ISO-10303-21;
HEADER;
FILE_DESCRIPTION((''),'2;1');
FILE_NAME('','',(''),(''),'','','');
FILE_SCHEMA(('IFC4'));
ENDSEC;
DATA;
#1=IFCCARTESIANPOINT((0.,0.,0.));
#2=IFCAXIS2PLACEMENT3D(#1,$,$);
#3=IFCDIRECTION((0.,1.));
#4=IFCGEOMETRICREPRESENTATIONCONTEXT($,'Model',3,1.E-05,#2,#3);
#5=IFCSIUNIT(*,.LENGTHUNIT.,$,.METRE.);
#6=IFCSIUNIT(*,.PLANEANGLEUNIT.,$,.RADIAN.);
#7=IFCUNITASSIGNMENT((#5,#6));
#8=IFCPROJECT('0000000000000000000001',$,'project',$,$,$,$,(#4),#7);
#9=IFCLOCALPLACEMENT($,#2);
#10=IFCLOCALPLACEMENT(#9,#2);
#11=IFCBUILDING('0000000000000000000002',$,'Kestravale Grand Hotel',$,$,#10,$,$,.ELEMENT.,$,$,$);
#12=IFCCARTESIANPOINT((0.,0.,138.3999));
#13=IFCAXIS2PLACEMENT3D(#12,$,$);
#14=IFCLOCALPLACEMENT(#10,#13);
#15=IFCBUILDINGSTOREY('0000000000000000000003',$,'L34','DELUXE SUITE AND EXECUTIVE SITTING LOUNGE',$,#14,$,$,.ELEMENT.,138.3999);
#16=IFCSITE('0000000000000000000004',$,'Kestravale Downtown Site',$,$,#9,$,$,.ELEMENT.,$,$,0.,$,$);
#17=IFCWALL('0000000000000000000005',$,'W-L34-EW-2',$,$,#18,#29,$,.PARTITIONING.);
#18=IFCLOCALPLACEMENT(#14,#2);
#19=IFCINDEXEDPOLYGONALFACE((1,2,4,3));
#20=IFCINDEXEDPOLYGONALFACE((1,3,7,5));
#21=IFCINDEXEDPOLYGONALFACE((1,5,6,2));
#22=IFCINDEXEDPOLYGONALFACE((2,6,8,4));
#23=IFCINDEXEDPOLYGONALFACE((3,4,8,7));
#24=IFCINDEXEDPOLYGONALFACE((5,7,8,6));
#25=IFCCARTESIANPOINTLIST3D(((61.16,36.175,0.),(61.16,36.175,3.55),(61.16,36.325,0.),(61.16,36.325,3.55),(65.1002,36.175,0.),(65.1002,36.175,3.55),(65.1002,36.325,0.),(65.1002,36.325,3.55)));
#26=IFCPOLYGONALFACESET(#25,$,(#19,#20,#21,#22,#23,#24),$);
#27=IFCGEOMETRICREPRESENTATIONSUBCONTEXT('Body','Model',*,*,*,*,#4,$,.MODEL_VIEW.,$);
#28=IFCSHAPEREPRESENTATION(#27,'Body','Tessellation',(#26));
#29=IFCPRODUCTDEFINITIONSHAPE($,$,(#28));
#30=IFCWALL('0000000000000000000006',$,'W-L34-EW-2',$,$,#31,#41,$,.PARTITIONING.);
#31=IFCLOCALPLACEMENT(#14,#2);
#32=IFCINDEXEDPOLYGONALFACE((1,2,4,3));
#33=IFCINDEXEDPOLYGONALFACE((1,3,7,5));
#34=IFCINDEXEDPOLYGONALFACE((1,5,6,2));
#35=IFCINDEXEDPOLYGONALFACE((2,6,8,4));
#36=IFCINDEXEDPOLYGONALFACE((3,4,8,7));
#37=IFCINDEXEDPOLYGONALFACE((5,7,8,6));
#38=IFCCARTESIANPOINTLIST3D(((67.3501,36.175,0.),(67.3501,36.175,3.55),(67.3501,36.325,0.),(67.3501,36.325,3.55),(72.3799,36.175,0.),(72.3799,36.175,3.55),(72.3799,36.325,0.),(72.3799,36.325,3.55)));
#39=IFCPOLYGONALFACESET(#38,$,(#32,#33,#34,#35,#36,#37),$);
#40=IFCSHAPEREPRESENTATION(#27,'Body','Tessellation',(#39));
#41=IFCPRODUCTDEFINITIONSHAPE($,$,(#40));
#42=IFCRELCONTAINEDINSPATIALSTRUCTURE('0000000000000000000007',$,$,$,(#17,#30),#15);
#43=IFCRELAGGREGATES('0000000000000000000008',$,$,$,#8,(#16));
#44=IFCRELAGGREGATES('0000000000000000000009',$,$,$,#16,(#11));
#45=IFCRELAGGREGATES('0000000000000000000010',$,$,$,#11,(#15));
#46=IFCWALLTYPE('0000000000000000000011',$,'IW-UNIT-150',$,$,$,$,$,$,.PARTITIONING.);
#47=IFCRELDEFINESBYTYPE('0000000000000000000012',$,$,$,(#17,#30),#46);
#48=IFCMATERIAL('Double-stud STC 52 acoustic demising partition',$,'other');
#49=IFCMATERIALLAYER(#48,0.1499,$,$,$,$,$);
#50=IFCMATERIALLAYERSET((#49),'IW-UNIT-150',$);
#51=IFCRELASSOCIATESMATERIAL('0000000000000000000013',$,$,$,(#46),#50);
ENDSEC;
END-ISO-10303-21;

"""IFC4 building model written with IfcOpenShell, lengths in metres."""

from ifc_helpers import new_model, si_unit, direction, frame, frame_2d, origin, place, context, subcontext, project, spatial, rectangle, extrude, material, layer, layer_set, type_object, element, save


model = new_model("IFC4")

# Units and contexts
model_context = context("Model", 3, precision=1e-05, world=origin(), true_north=direction((0.0, 1.0)))
body_context = subcontext(model_context, "Body", "Model", "MODEL_VIEW")
ifc_project = project(units=[si_unit("LENGTHUNIT", "METRE"), si_unit("PLANEANGLEUNIT", "RADIAN")], contexts=[model_context])

# Site, building, storey
site_placement = place(None, origin())
site = spatial("IfcSite", under=ifc_project, at=site_placement, Name="Kestravale Downtown Site", CompositionType="ELEMENT", RefElevation=0.0)
building_placement = place(site_placement, origin())
building = spatial("IfcBuilding", under=site, at=building_placement, Name="Kestravale Grand Hotel", CompositionType="ELEMENT")
storey_placement = place(building_placement, frame((0.0, 0.0, 138.3999)))
storey = spatial("IfcBuildingStorey", under=building, at=storey_placement, Name="L34", Description="DELUXE SUITE AND EXECUTIVE SITTING LOUNGE", CompositionType="ELEMENT", Elevation=138.3999)

# Shared definitions
ifc_material_1 = material(Name="Double-stud STC 52 acoustic demising partition", Category="other")
ifc_layer_1 = layer(ifc_material_1, 0.1499)
ifc_layer_set_1 = layer_set([ifc_layer_1], Name="IW-UNIT-150")
wall_type_1 = type_object("IfcWallType", Name="IW-UNIT-150", PredefinedType="PARTITIONING", material=ifc_layer_set_1)

# Walls
wall_1_placement = place(storey_placement, frame((61.1599, 36.25, 0.0), z_axis=(0.0, 0.0, 1.0), x_axis=(1.0, 0.0, 0.0)))
element("IfcWall", 1, at=wall_1_placement, inside=storey, type_object=wall_type_1, Name="W-L34-EW-2", PredefinedType="PARTITIONING", context=body_context, shape_type="SweptSolid", body=[
    extrude(rectangle(XDim=3.9402, YDim=0.1499, at=frame_2d((1.9702, 0.0))), origin(), (0.0, 0.0, 1.0), 3.55),
])
wall_2_placement = place(storey_placement, frame((67.3501, 36.25, 0.0), z_axis=(0.0, 0.0, 1.0), x_axis=(1.0, 0.0, 0.0)))
element("IfcWall", 2, at=wall_2_placement, inside=storey, type_object=wall_type_1, Name="W-L34-EW-2", PredefinedType="PARTITIONING", context=body_context, shape_type="SweptSolid", body=[
    extrude(rectangle(XDim=5.0298, YDim=0.1499, at=frame_2d((2.5149, 0.0))), origin(), (0.0, 0.0, 1.0), 3.55),
])

save(model, "model.ifc")
